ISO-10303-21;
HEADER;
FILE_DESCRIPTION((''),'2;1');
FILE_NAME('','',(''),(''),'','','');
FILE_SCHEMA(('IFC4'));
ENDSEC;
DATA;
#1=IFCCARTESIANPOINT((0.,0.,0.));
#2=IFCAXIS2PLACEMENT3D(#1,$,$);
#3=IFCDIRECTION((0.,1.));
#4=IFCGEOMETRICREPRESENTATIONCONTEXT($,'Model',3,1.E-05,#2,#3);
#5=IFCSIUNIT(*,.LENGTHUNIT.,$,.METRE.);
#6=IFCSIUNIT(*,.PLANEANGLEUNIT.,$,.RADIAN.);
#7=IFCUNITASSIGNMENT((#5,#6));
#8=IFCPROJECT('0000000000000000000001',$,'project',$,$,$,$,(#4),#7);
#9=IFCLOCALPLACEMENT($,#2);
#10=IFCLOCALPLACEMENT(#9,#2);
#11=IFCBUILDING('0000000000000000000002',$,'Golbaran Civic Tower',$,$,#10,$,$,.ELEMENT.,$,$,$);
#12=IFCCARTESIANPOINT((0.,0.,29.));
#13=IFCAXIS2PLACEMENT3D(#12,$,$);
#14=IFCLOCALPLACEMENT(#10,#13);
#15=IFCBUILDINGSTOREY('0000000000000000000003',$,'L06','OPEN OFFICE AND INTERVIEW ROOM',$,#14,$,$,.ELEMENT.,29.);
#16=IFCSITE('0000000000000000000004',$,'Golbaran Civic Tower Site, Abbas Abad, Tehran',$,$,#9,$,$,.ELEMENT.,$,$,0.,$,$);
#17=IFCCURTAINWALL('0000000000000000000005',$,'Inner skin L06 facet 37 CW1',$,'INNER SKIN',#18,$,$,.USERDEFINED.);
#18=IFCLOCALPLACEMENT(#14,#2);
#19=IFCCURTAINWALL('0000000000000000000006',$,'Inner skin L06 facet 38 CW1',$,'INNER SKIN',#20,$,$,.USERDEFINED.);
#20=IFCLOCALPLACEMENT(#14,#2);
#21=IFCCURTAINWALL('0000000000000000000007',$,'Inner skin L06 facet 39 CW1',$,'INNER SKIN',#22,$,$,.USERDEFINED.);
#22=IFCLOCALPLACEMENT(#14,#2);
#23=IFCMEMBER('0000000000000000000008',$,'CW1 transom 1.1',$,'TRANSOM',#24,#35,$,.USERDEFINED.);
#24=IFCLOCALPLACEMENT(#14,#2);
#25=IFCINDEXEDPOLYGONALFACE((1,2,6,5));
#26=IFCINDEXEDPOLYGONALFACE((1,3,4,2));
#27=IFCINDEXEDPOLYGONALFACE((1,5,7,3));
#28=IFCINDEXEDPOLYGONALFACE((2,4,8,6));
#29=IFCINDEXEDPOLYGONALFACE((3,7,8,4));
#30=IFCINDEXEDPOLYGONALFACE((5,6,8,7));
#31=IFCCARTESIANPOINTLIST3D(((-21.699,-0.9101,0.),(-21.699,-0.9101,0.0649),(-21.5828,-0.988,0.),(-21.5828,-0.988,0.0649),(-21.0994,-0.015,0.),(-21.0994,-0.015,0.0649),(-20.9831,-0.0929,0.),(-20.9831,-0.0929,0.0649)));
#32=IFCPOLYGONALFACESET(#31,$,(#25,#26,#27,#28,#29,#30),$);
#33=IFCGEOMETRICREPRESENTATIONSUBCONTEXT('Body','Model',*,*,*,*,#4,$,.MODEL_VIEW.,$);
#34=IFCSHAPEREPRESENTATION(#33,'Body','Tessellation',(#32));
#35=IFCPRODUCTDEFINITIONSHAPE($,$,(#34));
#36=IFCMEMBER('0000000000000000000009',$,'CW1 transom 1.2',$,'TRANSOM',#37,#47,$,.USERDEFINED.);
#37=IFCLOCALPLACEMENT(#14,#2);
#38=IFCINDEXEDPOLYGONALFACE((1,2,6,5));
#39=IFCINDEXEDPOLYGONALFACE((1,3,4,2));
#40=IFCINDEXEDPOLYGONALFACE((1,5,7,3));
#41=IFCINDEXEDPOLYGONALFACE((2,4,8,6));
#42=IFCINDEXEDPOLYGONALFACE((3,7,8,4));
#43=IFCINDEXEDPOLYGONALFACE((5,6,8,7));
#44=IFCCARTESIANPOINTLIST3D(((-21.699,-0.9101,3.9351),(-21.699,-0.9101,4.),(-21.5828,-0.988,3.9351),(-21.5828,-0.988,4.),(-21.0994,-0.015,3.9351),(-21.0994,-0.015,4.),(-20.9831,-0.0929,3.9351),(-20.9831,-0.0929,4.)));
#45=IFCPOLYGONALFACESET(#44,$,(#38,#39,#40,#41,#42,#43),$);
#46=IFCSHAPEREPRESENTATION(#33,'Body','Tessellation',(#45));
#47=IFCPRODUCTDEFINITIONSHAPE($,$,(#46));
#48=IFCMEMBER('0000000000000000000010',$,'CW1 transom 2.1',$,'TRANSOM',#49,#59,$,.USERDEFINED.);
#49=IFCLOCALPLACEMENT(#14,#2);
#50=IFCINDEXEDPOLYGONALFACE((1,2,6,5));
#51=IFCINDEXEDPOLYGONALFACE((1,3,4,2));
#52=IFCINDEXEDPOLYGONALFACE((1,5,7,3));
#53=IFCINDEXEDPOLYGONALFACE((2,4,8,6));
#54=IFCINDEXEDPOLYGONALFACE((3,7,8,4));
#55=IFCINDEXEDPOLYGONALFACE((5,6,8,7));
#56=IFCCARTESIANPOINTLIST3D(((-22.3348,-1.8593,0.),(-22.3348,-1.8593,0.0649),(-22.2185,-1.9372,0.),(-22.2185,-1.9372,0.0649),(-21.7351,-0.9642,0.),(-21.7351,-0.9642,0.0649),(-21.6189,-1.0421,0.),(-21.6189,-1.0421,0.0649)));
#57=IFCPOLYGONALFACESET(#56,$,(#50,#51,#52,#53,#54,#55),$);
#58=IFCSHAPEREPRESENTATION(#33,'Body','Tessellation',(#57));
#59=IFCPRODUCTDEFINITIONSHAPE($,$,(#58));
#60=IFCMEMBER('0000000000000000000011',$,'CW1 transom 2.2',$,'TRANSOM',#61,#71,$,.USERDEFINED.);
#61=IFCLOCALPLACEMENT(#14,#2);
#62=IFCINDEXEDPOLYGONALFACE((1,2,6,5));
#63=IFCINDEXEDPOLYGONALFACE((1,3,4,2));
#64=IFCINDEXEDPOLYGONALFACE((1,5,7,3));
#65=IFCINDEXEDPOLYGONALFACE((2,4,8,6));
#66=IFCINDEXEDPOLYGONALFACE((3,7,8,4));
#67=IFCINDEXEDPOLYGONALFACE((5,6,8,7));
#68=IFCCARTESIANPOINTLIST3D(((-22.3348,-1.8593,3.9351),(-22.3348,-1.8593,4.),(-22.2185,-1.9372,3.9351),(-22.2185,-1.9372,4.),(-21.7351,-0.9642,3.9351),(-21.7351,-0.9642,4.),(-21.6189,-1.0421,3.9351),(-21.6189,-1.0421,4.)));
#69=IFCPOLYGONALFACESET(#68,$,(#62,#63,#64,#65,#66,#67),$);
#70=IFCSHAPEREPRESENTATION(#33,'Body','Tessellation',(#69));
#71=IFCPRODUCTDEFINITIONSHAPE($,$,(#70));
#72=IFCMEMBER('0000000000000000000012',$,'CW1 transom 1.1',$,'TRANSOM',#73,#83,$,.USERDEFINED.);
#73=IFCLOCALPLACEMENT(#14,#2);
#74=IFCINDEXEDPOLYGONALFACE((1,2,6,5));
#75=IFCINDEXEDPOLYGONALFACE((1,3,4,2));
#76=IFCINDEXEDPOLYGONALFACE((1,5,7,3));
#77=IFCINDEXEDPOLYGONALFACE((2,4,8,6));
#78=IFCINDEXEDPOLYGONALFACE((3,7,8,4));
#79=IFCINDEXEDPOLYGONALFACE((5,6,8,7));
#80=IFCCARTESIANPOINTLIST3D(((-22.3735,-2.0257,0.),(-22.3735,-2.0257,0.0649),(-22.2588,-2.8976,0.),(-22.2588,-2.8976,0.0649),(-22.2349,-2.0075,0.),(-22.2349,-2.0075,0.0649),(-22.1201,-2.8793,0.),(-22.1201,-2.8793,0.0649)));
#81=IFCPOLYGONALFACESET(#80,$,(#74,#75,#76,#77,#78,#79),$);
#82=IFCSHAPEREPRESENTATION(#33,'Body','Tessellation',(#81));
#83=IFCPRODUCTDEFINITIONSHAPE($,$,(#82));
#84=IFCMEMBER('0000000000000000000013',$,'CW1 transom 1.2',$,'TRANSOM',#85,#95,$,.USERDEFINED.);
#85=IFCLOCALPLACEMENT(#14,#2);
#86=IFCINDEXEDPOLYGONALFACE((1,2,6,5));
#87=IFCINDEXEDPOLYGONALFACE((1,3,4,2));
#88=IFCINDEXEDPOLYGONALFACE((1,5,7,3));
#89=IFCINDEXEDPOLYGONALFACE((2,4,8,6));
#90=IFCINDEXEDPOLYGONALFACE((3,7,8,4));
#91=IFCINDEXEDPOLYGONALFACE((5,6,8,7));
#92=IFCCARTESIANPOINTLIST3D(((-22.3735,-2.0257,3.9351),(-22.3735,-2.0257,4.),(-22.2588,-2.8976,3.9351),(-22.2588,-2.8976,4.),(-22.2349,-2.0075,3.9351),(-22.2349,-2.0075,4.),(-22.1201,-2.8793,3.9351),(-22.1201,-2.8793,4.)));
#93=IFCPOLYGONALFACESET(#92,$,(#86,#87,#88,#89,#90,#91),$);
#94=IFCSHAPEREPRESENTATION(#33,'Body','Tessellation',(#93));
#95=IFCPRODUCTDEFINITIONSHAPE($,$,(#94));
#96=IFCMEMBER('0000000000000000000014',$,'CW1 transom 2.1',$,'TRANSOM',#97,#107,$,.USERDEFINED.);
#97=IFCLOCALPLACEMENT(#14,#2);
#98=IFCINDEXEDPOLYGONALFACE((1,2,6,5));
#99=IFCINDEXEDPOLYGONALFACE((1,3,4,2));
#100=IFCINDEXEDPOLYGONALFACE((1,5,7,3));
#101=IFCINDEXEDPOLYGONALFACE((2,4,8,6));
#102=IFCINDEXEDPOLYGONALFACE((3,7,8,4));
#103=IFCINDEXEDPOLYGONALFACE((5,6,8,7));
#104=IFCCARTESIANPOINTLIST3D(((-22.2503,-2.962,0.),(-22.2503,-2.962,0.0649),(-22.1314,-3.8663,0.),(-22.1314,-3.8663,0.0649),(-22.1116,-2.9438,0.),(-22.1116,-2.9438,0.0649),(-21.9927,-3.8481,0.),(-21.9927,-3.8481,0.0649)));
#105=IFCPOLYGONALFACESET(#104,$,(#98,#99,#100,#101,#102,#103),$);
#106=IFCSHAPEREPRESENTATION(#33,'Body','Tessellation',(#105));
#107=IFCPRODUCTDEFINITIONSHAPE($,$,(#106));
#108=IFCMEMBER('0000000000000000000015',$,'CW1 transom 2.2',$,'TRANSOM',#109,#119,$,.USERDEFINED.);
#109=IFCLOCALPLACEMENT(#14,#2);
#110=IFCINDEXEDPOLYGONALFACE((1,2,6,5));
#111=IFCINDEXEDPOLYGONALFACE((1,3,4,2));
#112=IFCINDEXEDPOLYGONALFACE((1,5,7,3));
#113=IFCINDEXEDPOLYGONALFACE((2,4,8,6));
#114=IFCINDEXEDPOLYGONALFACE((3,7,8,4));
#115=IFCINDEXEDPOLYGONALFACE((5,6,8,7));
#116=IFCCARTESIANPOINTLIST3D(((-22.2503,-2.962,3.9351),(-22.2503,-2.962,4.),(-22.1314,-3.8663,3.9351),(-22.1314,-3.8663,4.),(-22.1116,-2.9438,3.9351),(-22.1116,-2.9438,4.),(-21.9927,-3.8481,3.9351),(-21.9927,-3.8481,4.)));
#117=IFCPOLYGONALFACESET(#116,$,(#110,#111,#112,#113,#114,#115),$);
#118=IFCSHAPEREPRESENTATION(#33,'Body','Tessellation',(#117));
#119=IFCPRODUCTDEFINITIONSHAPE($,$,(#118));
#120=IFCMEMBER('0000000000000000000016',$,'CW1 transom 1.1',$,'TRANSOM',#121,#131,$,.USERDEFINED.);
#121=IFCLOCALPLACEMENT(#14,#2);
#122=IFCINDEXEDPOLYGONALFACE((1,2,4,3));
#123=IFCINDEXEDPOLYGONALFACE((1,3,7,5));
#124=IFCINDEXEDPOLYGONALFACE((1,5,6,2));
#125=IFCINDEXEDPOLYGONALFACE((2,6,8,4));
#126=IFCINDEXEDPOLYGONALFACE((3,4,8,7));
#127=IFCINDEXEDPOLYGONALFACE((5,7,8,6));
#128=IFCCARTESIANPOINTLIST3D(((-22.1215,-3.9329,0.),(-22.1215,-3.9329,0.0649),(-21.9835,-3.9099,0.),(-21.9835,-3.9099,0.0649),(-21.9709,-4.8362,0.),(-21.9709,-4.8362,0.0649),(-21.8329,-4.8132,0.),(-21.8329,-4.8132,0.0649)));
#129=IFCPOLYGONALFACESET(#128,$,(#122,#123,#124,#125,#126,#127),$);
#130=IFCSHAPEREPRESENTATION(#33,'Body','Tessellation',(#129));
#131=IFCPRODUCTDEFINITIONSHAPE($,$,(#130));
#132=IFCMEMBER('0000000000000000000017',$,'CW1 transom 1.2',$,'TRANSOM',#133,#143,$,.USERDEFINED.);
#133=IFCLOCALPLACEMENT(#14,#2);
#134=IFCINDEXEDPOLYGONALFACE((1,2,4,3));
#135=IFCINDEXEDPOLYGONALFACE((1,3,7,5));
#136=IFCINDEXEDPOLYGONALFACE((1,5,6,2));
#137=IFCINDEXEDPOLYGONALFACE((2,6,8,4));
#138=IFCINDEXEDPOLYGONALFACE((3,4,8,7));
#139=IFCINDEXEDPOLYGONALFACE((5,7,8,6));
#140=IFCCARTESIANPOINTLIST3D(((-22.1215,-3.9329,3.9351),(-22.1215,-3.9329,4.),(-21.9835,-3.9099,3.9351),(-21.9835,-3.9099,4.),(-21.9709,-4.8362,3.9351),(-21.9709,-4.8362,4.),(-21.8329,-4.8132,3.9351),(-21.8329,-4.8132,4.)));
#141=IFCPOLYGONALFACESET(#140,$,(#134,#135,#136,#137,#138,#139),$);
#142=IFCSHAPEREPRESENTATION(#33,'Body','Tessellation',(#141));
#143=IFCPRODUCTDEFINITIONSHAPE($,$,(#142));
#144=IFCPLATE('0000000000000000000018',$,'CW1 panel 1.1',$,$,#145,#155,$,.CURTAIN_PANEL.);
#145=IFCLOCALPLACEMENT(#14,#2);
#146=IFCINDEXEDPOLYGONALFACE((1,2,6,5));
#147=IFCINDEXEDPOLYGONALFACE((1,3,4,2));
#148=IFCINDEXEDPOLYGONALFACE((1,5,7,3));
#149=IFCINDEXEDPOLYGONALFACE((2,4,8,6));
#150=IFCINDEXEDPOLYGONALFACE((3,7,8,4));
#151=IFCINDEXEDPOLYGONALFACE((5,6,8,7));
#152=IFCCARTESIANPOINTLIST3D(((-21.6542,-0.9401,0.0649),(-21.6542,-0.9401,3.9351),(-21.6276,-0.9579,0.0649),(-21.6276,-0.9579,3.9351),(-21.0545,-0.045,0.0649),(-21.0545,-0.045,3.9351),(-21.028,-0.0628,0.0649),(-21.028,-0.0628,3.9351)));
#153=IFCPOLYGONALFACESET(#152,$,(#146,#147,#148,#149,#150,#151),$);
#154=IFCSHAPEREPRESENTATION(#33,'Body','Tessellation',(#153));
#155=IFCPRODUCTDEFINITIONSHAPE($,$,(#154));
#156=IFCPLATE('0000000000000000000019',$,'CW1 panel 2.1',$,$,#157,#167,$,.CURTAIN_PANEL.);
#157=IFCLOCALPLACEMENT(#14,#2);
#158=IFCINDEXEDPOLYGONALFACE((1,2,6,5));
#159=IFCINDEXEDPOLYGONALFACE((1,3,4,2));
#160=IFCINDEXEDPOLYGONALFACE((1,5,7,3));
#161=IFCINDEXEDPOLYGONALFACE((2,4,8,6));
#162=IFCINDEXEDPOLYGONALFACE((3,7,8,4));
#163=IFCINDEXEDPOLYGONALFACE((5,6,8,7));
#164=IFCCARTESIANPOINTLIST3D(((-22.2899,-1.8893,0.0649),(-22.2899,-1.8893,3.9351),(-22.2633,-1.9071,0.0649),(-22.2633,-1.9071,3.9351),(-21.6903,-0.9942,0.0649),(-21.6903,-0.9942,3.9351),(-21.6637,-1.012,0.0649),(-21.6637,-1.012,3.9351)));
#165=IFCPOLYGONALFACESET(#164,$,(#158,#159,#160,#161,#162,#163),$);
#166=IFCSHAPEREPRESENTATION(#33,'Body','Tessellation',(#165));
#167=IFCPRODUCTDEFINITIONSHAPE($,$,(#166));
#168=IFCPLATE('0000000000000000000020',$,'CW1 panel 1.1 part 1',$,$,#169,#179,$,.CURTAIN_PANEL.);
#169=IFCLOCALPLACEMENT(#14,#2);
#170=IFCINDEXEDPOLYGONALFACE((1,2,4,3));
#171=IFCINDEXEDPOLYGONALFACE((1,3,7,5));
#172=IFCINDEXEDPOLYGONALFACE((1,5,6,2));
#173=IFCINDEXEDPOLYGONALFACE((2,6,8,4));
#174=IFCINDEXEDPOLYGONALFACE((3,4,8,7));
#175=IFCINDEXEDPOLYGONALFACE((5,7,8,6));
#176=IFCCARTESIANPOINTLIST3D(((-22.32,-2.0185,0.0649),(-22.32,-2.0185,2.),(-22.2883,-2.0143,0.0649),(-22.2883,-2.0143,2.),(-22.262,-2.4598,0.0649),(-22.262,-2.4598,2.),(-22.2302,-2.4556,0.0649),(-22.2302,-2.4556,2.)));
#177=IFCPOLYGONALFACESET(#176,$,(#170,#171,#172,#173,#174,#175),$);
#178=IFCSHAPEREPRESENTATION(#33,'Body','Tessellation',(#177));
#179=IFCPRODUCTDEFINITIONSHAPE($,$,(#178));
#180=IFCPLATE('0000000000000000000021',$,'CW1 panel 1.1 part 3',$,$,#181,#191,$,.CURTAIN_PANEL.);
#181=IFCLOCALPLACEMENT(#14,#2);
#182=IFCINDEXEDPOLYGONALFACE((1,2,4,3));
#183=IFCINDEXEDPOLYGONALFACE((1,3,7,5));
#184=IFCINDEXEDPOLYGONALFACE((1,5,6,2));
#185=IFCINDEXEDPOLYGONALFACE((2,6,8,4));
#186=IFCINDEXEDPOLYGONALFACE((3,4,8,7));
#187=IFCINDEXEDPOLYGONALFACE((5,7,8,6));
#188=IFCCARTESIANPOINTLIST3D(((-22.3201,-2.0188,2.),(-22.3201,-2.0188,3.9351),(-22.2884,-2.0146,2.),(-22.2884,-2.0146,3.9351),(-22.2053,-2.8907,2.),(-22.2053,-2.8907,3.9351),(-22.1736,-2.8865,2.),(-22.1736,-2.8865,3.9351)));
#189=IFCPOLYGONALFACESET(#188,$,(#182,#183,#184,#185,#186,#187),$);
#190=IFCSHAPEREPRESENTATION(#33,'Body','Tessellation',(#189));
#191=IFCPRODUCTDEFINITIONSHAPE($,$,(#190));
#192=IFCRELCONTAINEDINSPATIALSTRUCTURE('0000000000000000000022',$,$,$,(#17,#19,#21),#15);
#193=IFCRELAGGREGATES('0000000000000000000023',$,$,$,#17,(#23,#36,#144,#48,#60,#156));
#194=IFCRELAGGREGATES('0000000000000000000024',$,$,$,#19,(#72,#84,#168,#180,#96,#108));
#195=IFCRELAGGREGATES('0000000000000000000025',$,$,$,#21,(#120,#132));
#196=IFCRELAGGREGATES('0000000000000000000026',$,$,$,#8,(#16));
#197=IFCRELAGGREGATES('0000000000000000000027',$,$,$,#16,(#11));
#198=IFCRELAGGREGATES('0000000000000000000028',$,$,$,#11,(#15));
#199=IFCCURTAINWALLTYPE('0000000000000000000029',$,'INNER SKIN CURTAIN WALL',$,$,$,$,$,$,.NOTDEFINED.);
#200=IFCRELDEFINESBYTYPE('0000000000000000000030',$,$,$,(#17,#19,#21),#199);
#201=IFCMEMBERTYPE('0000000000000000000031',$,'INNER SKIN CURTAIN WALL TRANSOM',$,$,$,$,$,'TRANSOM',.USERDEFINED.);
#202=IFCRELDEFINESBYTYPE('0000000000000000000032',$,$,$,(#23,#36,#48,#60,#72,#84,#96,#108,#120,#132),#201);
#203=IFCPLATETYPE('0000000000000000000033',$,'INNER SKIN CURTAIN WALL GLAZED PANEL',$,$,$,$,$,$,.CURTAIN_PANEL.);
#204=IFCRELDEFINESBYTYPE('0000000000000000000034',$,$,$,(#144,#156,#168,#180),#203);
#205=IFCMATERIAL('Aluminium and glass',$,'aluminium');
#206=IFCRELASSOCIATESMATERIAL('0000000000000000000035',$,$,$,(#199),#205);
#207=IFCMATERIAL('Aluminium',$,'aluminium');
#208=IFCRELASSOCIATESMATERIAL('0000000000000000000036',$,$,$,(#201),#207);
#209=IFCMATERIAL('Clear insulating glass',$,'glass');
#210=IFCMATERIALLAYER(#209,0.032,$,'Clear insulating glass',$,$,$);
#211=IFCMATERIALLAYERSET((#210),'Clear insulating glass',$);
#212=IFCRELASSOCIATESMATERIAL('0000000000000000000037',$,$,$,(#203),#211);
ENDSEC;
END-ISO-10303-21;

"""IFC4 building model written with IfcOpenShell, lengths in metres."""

from ifc_helpers import new_model, si_unit, direction, frame, origin, origin_2d, place, context, subcontext, project, spatial, rectangle, extrude, material, layer, layer_set, material_profile, profile_set, type_object, element, aggregate, save


model = new_model("IFC4")

# Units and contexts
model_context = context("Model", 3, precision=1e-05, world=origin(), true_north=direction((0.0, 1.0)))
body_context = subcontext(model_context, "Body", "Model", "MODEL_VIEW")
ifc_project = project(units=[si_unit("LENGTHUNIT", "METRE"), si_unit("PLANEANGLEUNIT", "RADIAN")], contexts=[model_context])

# Site, building, storey
site_placement = place(None, origin())
site = spatial("IfcSite", under=ifc_project, at=site_placement, Name="Golbaran Civic Tower Site, Abbas Abad, Tehran", CompositionType="ELEMENT", RefElevation=0.0)
building_placement = place(site_placement, origin())
building = spatial("IfcBuilding", under=site, at=building_placement, Name="Golbaran Civic Tower", CompositionType="ELEMENT")
storey_placement = place(building_placement, frame((0.0, 0.0, 29.0)))
storey = spatial("IfcBuildingStorey", under=building, at=storey_placement, Name="L06", Description="OPEN OFFICE AND INTERVIEW ROOM", CompositionType="ELEMENT", Elevation=29.0)

# Curtain walls
ifc_material_1 = material(Name="Aluminium and glass", Category="aluminium")
curtain_wall_type = type_object("IfcCurtainWallType", Name="INNER SKIN CURTAIN WALL", PredefinedType="NOTDEFINED", material=ifc_material_1)
curtain_wall_1_placement = place(storey_placement, origin())
curtain_wall_1 = element("IfcCurtainWall", 1, at=curtain_wall_1_placement, inside=storey, type_object=curtain_wall_type, Name="Inner skin L06 facet 37 CW1", ObjectType="INNER SKIN", PredefinedType="USERDEFINED")
ifc_material_2 = material(Name="Aluminium", Category="aluminium")
curtain_wall_2_placement = place(storey_placement, origin())
curtain_wall_2 = element("IfcCurtainWall", 2, at=curtain_wall_2_placement, inside=storey, type_object=curtain_wall_type, Name="Inner skin L06 facet 38 CW1", ObjectType="INNER SKIN", PredefinedType="USERDEFINED")

# Curtain wall
curtain_wall_3_placement = place(storey_placement, origin())
curtain_wall_3 = element("IfcCurtainWall", 3, at=curtain_wall_3_placement, inside=storey, type_object=curtain_wall_type, Name="Inner skin L06 facet 39 CW1", ObjectType="INNER SKIN", PredefinedType="USERDEFINED")

# Members
ifc_material_profile_1 = material_profile(ifc_material_2, rectangle(XDim=0.1399, YDim=0.0649, at=origin_2d()), Name="INNER SKIN CURTAIN WALL TRANSOM")
ifc_profile_set_1 = profile_set([ifc_material_profile_1], Name="Aluminium")
member_type_1 = type_object("IfcMemberType", Name="INNER SKIN CURTAIN WALL TRANSOM", ElementType="TRANSOM", PredefinedType="USERDEFINED", material=ifc_profile_set_1)
member_1_placement = place(storey_placement, frame((-21.0413, -0.054, 0.0325), z_axis=(-0.556581, -0.830793, 0.0), x_axis=(0.830793, -0.556581, 0.0)))
member_1 = element("IfcMember", 4, at=member_1_placement, type_object=member_type_1, Name="CW1 transom 1.1", ObjectType="TRANSOM", PredefinedType="USERDEFINED", context=body_context, shape_type="SweptSolid", body=[
    extrude(rectangle(XDim=0.1399, YDim=0.0649, at=origin_2d()), origin(), (0.0, 0.0, 1.0), 1.0774),
])
member_2_placement = place(storey_placement, frame((-21.0413, -0.054, 3.9675), z_axis=(-0.556581, -0.830793, 0.0), x_axis=(0.830793, -0.556581, 0.0)))
member_2 = element("IfcMember", 5, at=member_2_placement, type_object=member_type_1, Name="CW1 transom 1.2", ObjectType="TRANSOM", PredefinedType="USERDEFINED", context=body_context, shape_type="SweptSolid", body=[
    extrude(rectangle(XDim=0.1399, YDim=0.0649, at=origin_2d()), origin(), (0.0, 0.0, 1.0), 1.0774),
])
member_3_placement = place(storey_placement, frame((-21.677, -1.0032, 0.0325), z_axis=(-0.556581, -0.830793, 0.0), x_axis=(0.830793, -0.556581, 0.0)))
member_3 = element("IfcMember", 6, at=member_3_placement, type_object=member_type_1, Name="CW1 transom 2.1", ObjectType="TRANSOM", PredefinedType="USERDEFINED", context=body_context, shape_type="SweptSolid", body=[
    extrude(rectangle(XDim=0.1399, YDim=0.0649, at=origin_2d()), origin(), (0.0, 0.0, 1.0), 1.0774),
])
member_4_placement = place(storey_placement, frame((-21.677, -1.0032, 3.9675), z_axis=(-0.556581, -0.830793, 0.0), x_axis=(0.830793, -0.556581, 0.0)))
member_4 = element("IfcMember", 7, at=member_4_placement, type_object=member_type_1, Name="CW1 transom 2.2", ObjectType="TRANSOM", PredefinedType="USERDEFINED", context=body_context, shape_type="SweptSolid", body=[
    extrude(rectangle(XDim=0.1399, YDim=0.0649, at=origin_2d()), origin(), (0.0, 0.0, 1.0), 1.0774),
])
member_5_placement = place(storey_placement, frame((-22.3042, -2.0166, 0.0325), z_axis=(0.13049, -0.99145, 0.0), x_axis=(0.99145, 0.13049, 0.0)))
member_5 = element("IfcMember", 8, at=member_5_placement, type_object=member_type_1, Name="CW1 transom 1.1", ObjectType="TRANSOM", PredefinedType="USERDEFINED", context=body_context, shape_type="SweptSolid", body=[
    extrude(rectangle(XDim=0.1399, YDim=0.0649, at=origin_2d()), origin(), (0.0, 0.0, 1.0), 0.8794),
])
member_6_placement = place(storey_placement, frame((-22.3042, -2.0166, 3.9675), z_axis=(0.13049, -0.99145, 0.0), x_axis=(0.99145, 0.13049, 0.0)))
member_6 = element("IfcMember", 9, at=member_6_placement, type_object=member_type_1, Name="CW1 transom 1.2", ObjectType="TRANSOM", PredefinedType="USERDEFINED", context=body_context, shape_type="SweptSolid", body=[
    extrude(rectangle(XDim=0.1399, YDim=0.0649, at=origin_2d()), origin(), (0.0, 0.0, 1.0), 0.8794),
])
member_7_placement = place(storey_placement, frame((-22.1809, -2.9529, 0.0325), z_axis=(0.130358, -0.991467, 0.0), x_axis=(0.991467, 0.130358, 0.0)))
member_7 = element("IfcMember", 10, at=member_7_placement, type_object=member_type_1, Name="CW1 transom 2.1", ObjectType="TRANSOM", PredefinedType="USERDEFINED", context=body_context, shape_type="SweptSolid", body=[
    extrude(rectangle(XDim=0.1399, YDim=0.0649, at=origin_2d()), origin(), (0.0, 0.0, 1.0), 0.9121),
])
member_8_placement = place(storey_placement, frame((-22.1809, -2.9529, 3.9675), z_axis=(0.130358, -0.991467, 0.0), x_axis=(0.991467, 0.130358, 0.0)))
member_8 = element("IfcMember", 11, at=member_8_placement, type_object=member_type_1, Name="CW1 transom 2.2", ObjectType="TRANSOM", PredefinedType="USERDEFINED", context=body_context, shape_type="SweptSolid", body=[
    extrude(rectangle(XDim=0.1399, YDim=0.0649, at=origin_2d()), origin(), (0.0, 0.0, 1.0), 0.9121),
])
member_9_placement = place(storey_placement, frame((-22.0525, -3.9214, 0.0325), z_axis=(0.164485, -0.98638, 0.0), x_axis=(0.98638, 0.164485, 0.0)))
member_9 = element("IfcMember", 12, at=member_9_placement, type_object=member_type_1, Name="CW1 transom 1.1", ObjectType="TRANSOM", PredefinedType="USERDEFINED", context=body_context, shape_type="SweptSolid", body=[
    extrude(rectangle(XDim=0.1399, YDim=0.0649, at=origin_2d()), origin(), (0.0, 0.0, 1.0), 0.9158),
])
member_10_placement = place(storey_placement, frame((-22.0525, -3.9214, 3.9675), z_axis=(0.164485, -0.98638, 0.0), x_axis=(0.98638, 0.164485, 0.0)))
member_10 = element("IfcMember", 13, at=member_10_placement, type_object=member_type_1, Name="CW1 transom 1.2", ObjectType="TRANSOM", PredefinedType="USERDEFINED", context=body_context, shape_type="SweptSolid", body=[
    extrude(rectangle(XDim=0.1399, YDim=0.0649, at=origin_2d()), origin(), (0.0, 0.0, 1.0), 0.9158),
])

# Plates
ifc_material_3 = material(Name="Clear insulating glass", Category="glass")
ifc_layer_1 = layer(ifc_material_3, 0.032, Name="Clear insulating glass")
ifc_layer_set_1 = layer_set([ifc_layer_1], Name="Clear insulating glass")
plate_type_1 = type_object("IfcPlateType", Name="INNER SKIN CURTAIN WALL GLAZED PANEL", PredefinedType="CURTAIN_PANEL", material=ifc_layer_set_1)
plate_1_placement = place(storey_placement, frame((-21.3411, -0.5015, 0.0649), z_axis=(0.0, 0.0, 1.0), x_axis=(-0.556572, -0.830799, 0.0)))
plate_1 = element("IfcPlate", 14, at=plate_1_placement, type_object=plate_type_1, Name="CW1 panel 1.1", PredefinedType="CURTAIN_PANEL", context=body_context, shape_type="SweptSolid", body=[
    extrude(rectangle(XDim=1.0774, YDim=0.032, at=origin_2d()), origin(), (0.0, 0.0, 1.0), 3.8701),
])
plate_2_placement = place(storey_placement, frame((-21.9768, -1.4507, 0.0649), z_axis=(0.0, 0.0, 1.0), x_axis=(-0.556572, -0.830799, 0.0)))
plate_2 = element("IfcPlate", 15, at=plate_2_placement, type_object=plate_type_1, Name="CW1 panel 2.1", PredefinedType="CURTAIN_PANEL", context=body_context, shape_type="SweptSolid", body=[
    extrude(rectangle(XDim=1.0774, YDim=0.032, at=origin_2d()), origin(), (0.0, 0.0, 1.0), 3.8701),
])
aggregate(curtain_wall_1, [member_1, member_2, plate_1, member_3, member_4, plate_2])
plate_3_placement = place(storey_placement, frame((-22.2751, -2.2371, 0.0649), z_axis=(0.0, 0.0, 1.0), x_axis=(0.130526, -0.991445, 0.0)))
plate_3 = element("IfcPlate", 16, at=plate_3_placement, type_object=plate_type_1, Name="CW1 panel 1.1 part 1", PredefinedType="CURTAIN_PANEL", context=body_context, shape_type="SweptSolid", body=[
    extrude(rectangle(XDim=0.4451, YDim=0.032, at=origin_2d()), origin(), (0.0, 0.0, 1.0), 1.9351),
])
plate_4_placement = place(storey_placement, frame((-22.2468, -2.4526, 2.0), z_axis=(0.0, 0.0, 1.0), x_axis=(0.130526, -0.991445, 0.0)))
plate_4 = element("IfcPlate", 17, at=plate_4_placement, type_object=plate_type_1, Name="CW1 panel 1.1 part 3", PredefinedType="CURTAIN_PANEL", context=body_context, shape_type="SweptSolid", body=[
    extrude(rectangle(XDim=0.8794, YDim=0.032, at=origin_2d()), origin(), (0.0, 0.0, 1.0), 1.9351),
])
aggregate(curtain_wall_2, [member_5, member_6, plate_3, plate_4, member_7, member_8])
aggregate(curtain_wall_3, [member_9, member_10])

save(model, "model.ifc")
